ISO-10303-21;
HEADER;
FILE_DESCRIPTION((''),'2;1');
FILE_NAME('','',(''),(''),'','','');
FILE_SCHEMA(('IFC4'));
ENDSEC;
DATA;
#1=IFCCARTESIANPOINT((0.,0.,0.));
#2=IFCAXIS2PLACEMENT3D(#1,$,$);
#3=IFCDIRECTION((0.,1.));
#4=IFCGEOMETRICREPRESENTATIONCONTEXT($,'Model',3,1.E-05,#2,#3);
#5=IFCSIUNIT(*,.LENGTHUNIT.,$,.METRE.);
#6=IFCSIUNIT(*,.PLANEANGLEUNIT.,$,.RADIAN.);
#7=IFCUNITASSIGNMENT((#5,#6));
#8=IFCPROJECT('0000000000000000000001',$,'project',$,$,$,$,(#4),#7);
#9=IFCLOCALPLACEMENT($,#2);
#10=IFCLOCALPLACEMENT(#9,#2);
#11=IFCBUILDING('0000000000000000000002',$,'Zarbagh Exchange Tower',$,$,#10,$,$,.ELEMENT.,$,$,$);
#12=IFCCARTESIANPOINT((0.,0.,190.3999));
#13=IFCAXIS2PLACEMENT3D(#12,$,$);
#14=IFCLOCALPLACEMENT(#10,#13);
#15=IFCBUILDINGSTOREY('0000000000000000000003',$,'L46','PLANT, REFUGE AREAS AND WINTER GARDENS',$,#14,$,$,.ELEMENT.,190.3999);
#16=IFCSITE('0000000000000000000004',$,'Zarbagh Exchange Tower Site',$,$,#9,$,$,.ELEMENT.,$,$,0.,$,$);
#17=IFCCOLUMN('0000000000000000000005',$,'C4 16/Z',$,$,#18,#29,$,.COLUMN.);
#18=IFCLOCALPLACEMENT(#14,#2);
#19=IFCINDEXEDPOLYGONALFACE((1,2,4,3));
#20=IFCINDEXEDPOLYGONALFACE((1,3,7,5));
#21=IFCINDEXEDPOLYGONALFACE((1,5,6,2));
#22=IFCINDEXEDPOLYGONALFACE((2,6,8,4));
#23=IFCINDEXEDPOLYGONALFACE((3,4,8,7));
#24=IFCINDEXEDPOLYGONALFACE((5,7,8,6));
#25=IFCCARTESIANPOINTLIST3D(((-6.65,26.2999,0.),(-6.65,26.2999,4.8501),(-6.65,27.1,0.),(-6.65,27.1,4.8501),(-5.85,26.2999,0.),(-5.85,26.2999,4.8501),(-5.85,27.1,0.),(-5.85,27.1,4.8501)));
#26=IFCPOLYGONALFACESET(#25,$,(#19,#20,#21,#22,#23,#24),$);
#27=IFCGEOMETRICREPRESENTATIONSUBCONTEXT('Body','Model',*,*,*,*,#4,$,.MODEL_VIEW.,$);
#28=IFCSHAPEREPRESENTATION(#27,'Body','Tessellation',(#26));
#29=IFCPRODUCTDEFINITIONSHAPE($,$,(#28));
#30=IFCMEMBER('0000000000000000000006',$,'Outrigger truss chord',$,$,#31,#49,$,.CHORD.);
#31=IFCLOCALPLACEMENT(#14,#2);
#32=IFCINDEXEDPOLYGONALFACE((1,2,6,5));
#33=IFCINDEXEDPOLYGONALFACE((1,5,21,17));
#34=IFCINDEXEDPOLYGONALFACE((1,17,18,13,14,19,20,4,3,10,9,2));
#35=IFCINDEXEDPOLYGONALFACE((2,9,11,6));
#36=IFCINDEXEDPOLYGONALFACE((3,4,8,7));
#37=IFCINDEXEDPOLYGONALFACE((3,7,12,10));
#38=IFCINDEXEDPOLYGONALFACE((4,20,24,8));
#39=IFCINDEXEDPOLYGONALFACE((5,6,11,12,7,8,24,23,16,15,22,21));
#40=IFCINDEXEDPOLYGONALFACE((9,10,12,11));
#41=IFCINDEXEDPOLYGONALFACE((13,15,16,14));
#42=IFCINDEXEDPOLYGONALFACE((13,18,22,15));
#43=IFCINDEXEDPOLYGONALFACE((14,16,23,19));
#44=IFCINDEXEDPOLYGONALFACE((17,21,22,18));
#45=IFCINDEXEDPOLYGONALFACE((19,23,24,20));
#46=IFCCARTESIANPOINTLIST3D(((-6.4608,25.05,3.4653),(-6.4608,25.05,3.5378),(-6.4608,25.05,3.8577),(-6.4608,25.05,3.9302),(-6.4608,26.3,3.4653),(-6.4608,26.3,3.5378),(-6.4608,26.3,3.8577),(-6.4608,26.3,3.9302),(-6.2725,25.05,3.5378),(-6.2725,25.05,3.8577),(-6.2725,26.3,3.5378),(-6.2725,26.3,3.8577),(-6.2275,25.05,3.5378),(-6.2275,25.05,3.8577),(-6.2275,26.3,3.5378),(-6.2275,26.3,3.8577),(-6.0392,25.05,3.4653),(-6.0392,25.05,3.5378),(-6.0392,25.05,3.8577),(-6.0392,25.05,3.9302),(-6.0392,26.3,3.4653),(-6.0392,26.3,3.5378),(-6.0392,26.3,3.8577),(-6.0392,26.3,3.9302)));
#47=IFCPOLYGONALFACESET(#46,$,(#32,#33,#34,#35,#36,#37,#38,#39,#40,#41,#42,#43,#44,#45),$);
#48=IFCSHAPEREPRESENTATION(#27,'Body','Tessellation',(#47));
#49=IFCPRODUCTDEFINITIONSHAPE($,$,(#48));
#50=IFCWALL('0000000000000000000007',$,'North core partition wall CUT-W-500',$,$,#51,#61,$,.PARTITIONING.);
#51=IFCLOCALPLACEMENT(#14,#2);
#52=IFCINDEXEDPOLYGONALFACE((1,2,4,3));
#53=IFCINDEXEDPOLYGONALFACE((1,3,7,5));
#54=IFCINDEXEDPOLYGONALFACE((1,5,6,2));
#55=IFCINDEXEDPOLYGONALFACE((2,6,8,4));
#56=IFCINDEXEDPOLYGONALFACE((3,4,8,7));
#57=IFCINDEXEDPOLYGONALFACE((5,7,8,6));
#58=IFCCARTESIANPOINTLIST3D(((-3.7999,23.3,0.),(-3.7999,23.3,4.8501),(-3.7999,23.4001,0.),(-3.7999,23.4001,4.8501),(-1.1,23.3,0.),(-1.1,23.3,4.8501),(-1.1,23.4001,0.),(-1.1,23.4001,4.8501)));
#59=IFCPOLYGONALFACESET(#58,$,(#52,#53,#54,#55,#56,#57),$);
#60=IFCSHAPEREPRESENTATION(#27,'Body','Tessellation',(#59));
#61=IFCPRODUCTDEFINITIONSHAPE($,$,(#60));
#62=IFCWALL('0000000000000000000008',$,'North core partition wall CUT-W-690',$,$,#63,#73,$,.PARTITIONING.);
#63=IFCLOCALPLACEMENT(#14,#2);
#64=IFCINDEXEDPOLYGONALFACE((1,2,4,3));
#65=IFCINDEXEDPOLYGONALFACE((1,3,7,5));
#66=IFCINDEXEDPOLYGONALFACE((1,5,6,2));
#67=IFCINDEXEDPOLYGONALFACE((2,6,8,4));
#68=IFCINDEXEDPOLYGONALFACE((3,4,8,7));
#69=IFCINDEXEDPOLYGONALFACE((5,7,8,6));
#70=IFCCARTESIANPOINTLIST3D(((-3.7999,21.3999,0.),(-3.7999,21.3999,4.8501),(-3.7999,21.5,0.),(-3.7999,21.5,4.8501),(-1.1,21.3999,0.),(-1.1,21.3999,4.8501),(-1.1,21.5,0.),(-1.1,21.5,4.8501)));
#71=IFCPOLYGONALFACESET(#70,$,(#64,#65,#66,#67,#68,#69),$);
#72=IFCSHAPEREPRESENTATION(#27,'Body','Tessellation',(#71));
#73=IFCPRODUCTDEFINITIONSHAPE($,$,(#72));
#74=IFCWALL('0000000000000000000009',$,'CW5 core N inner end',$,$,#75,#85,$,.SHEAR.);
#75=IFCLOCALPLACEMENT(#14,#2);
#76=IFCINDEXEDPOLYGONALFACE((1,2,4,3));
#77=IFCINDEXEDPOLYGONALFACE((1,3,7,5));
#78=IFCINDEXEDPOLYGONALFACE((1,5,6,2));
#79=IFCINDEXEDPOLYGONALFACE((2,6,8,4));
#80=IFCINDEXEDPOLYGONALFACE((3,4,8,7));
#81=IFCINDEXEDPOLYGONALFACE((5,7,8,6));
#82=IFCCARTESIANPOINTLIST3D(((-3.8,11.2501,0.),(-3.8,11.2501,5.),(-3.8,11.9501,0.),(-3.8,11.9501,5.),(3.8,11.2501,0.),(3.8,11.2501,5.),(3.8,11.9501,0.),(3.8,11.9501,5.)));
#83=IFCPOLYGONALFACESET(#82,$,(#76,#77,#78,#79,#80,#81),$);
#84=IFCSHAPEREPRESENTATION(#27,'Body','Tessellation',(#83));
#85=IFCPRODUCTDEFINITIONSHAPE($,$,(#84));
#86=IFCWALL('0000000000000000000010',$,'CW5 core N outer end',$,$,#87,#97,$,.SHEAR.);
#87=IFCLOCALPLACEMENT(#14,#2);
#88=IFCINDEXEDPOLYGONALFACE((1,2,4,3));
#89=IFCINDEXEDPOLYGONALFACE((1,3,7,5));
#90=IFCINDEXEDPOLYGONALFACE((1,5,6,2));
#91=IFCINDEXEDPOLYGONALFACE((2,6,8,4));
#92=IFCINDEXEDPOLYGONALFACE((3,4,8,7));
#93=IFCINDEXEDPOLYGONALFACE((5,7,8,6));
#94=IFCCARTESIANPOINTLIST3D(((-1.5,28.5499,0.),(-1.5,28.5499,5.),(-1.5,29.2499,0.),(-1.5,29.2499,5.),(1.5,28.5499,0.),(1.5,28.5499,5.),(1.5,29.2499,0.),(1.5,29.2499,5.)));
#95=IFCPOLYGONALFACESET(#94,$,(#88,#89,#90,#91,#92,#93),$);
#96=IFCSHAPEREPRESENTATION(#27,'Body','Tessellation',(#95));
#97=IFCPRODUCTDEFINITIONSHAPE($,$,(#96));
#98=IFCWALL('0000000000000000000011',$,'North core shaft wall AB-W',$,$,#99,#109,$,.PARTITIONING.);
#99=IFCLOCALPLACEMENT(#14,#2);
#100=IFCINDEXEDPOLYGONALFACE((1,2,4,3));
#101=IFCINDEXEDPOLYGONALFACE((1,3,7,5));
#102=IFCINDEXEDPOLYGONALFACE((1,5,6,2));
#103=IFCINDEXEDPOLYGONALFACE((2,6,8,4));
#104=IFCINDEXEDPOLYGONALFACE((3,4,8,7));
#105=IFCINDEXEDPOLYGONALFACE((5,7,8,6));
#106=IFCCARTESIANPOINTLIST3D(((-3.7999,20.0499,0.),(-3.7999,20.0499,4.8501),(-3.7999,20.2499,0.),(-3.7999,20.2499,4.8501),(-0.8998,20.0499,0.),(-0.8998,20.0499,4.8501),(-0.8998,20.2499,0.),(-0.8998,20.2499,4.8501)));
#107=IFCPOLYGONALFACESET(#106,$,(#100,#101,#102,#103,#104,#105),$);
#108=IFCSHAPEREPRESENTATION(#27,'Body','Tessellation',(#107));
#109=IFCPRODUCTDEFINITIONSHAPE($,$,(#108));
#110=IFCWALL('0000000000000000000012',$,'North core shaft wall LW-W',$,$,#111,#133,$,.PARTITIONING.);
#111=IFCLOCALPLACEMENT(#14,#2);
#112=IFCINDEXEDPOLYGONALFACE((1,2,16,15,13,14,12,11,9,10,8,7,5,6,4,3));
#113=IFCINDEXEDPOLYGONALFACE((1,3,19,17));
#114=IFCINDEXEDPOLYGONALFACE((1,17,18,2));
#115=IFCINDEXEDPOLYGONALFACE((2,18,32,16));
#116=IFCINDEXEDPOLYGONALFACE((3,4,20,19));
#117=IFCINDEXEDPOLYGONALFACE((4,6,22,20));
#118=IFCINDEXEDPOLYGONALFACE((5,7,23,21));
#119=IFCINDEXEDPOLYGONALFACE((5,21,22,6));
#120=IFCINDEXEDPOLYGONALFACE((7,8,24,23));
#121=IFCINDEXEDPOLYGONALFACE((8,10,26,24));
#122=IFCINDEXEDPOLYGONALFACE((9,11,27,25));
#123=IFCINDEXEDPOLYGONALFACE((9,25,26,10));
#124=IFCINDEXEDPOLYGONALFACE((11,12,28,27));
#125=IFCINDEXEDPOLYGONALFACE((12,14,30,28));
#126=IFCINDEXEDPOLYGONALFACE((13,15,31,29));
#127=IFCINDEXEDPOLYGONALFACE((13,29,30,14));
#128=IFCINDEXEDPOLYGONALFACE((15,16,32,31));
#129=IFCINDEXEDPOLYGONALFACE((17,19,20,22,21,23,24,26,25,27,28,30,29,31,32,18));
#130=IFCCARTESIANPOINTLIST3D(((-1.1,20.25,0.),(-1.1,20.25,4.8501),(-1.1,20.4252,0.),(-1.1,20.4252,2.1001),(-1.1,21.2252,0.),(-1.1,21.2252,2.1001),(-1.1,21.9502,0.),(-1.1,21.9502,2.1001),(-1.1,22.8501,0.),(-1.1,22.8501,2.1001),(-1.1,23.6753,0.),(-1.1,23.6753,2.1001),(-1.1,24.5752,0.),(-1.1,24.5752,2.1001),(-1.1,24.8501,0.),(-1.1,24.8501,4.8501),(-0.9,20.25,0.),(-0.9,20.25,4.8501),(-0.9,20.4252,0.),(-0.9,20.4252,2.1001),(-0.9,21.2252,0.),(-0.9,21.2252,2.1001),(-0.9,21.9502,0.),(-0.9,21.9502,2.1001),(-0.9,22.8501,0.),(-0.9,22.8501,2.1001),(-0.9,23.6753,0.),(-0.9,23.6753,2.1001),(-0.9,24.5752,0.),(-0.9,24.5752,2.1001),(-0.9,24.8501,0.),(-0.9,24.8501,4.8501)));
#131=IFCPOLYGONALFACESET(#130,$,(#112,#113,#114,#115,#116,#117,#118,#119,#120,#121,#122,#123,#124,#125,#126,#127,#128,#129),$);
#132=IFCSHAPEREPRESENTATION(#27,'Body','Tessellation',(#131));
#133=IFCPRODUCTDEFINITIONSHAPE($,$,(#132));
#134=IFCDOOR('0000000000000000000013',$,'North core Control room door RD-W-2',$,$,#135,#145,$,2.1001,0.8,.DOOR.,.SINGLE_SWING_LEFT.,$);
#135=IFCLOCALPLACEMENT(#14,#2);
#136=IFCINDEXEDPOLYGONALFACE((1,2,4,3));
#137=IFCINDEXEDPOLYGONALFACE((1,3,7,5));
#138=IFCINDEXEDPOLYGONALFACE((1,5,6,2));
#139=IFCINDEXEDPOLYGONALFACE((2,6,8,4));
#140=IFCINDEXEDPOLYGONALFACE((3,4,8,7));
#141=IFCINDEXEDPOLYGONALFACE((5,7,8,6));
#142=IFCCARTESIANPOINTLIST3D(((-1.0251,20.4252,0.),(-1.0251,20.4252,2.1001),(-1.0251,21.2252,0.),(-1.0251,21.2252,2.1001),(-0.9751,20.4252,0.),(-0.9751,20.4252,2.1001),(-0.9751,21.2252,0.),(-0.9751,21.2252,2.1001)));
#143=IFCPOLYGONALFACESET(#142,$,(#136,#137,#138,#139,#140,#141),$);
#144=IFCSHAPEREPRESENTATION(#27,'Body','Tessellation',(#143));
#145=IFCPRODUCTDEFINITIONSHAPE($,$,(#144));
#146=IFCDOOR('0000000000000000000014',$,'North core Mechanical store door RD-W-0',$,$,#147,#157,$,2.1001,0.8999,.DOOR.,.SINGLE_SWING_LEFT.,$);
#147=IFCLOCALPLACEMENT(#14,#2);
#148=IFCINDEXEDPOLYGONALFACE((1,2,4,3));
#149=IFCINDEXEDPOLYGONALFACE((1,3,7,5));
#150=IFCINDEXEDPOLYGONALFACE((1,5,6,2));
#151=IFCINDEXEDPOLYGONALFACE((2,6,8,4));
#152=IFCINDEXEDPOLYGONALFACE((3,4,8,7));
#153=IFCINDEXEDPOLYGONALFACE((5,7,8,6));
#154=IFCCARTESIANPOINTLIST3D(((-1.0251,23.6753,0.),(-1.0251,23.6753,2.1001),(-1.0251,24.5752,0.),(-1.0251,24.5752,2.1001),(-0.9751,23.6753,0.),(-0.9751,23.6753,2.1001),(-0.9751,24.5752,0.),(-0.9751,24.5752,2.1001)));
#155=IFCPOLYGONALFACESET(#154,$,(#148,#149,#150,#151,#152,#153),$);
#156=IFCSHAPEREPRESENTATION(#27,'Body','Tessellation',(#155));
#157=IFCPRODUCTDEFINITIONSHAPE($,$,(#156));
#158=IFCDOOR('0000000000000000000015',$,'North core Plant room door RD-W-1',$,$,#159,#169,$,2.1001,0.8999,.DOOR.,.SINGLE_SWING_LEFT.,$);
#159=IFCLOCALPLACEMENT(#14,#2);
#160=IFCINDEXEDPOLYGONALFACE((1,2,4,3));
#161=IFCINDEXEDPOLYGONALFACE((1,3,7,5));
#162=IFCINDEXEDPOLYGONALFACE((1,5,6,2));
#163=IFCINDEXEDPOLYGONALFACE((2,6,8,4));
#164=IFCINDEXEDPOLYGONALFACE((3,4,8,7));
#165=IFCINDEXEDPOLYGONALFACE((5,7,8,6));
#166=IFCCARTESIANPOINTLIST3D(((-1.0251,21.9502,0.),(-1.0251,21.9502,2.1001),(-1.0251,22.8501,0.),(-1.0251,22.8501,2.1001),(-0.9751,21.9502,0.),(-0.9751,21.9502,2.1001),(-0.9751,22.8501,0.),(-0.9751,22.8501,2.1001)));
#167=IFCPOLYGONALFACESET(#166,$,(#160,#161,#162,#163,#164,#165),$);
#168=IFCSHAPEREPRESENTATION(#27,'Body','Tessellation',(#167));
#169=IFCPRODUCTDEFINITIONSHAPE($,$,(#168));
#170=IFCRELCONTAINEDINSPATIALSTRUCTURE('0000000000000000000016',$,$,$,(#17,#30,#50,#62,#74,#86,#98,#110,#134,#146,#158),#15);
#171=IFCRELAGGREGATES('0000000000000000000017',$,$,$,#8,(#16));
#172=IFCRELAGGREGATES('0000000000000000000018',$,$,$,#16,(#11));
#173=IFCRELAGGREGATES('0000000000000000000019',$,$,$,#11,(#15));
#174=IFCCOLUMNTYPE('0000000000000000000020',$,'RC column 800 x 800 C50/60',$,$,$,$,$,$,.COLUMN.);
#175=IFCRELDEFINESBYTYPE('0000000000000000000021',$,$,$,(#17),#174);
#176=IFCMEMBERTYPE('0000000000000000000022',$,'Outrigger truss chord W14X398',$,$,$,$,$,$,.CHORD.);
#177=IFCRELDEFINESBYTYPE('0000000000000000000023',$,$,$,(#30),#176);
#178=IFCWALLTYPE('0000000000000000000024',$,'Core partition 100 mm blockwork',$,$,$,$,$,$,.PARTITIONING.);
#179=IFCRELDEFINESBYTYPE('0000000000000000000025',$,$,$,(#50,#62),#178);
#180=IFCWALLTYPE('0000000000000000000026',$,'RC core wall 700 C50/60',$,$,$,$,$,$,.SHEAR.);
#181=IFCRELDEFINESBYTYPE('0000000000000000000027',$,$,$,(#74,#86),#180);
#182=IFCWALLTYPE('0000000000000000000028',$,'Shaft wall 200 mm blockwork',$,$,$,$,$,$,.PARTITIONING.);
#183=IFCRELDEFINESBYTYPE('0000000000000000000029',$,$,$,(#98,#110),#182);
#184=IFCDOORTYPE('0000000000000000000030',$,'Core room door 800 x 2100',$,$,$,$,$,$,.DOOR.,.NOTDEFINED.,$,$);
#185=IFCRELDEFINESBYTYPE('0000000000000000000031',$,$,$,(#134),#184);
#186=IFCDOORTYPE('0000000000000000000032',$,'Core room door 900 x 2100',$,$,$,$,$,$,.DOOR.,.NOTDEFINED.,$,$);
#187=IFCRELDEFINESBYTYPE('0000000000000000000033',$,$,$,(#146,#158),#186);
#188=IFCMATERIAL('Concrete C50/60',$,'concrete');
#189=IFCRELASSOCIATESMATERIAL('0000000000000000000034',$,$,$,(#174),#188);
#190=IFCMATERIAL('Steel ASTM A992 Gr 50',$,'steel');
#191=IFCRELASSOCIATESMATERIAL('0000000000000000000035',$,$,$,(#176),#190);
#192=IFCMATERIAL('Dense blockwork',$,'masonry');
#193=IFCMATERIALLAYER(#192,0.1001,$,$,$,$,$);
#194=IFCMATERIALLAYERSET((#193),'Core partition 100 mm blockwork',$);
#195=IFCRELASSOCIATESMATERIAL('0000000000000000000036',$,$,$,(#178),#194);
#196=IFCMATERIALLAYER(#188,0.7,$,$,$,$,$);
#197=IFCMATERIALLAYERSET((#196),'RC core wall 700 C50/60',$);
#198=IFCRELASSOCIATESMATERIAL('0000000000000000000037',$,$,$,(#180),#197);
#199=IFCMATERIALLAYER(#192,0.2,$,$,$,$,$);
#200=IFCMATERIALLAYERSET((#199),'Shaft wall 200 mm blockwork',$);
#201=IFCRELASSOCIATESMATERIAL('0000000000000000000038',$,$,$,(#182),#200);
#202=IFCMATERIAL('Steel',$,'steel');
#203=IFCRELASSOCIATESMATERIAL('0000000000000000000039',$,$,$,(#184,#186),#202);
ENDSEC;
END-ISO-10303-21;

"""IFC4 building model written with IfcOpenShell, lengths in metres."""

from ifc_helpers import new_model, si_unit, direction, frame, frame_2d, origin, origin_2d, place, context, subcontext, project, spatial, rectangle, i_section, extrude, material, layer, layer_set, material_profile, profile_set, type_object, element, fill, save


model = new_model("IFC4")

# Units and contexts
model_context = context("Model", 3, precision=1e-05, world=origin(), true_north=direction((0.0, 1.0)))
body_context = subcontext(model_context, "Body", "Model", "MODEL_VIEW")
ifc_project = project(units=[si_unit("LENGTHUNIT", "METRE"), si_unit("PLANEANGLEUNIT", "RADIAN")], contexts=[model_context])

# Site, building, storey
site_placement = place(None, origin())
site = spatial("IfcSite", under=ifc_project, at=site_placement, Name="Zarbagh Exchange Tower Site", CompositionType="ELEMENT", RefElevation=0.0)
building_placement = place(site_placement, origin())
building = spatial("IfcBuilding", under=site, at=building_placement, Name="Zarbagh Exchange Tower", CompositionType="ELEMENT")
storey_placement = place(building_placement, frame((0.0, 0.0, 190.3999)))
storey = spatial("IfcBuildingStorey", under=building, at=storey_placement, Name="L46", Description="PLANT, REFUGE AREAS AND WINTER GARDENS", CompositionType="ELEMENT", Elevation=190.3999)

# Column
ifc_material_1 = material(Name="Concrete C50/60", Category="concrete")
ifc_material_profile_1 = material_profile(ifc_material_1, rectangle(XDim=0.8, YDim=0.8, at=origin_2d()), Name="RC column 800 x 800 C50/60")
ifc_profile_set_1 = profile_set([ifc_material_profile_1], Name="Concrete C50/60")
column_type = type_object("IfcColumnType", Name="RC column 800 x 800 C50/60", PredefinedType="COLUMN", material=ifc_profile_set_1)
column_placement = place(storey_placement, frame((-6.25, 26.7, 0.0), z_axis=(0.0, 0.0, 1.0), x_axis=(1.0, 0.0, 0.0)))
element("IfcColumn", 1, at=column_placement, inside=storey, type_object=column_type, Name="C4 16/Z", PredefinedType="COLUMN", context=body_context, shape_type="SweptSolid", body=[
    extrude(rectangle(XDim=0.8, YDim=0.8, at=origin_2d()), origin(), (0.0, 0.0, 1.0), 4.8501),
])

# Member
ifc_material_2 = material(Name="Steel ASTM A992 Gr 50", Category="steel")
ifc_material_profile_2 = material_profile(ifc_material_2, i_section(OverallWidth=0.4216, OverallDepth=0.4648, WebThickness=0.0449, FlangeThickness=0.0725, at=origin_2d()), Name="W14X398")
ifc_profile_set_2 = profile_set([ifc_material_profile_2], Name="Steel ASTM A992 Gr 50")
member_type = type_object("IfcMemberType", Name="Outrigger truss chord W14X398", PredefinedType="CHORD", material=ifc_profile_set_2)
member_placement = place(storey_placement, frame((-6.25, 25.05, 3.6978), z_axis=(0.0, 1.0, 0.0), x_axis=(-1.0, 0.0, 0.0)))
element("IfcMember", 2, at=member_placement, inside=storey, type_object=member_type, Name="Outrigger truss chord", PredefinedType="CHORD", context=body_context, shape_type="SweptSolid", body=[
    extrude(i_section(OverallWidth=0.4216, OverallDepth=0.4648, WebThickness=0.0449, FlangeThickness=0.0725, at=origin_2d()), origin(), (0.0, 0.0, 1.0), 1.25),
])

# Walls
ifc_material_3 = material(Name="Dense blockwork", Category="masonry")
ifc_layer_1 = layer(ifc_material_3, 0.1001)
ifc_layer_set_1 = layer_set([ifc_layer_1], Name="Core partition 100 mm blockwork")
wall_type_1 = type_object("IfcWallType", Name="Core partition 100 mm blockwork", PredefinedType="PARTITIONING", material=ifc_layer_set_1)
for number, where, z_axis, x_axis, name in (
    (3, (-3.8, 23.3501, 0.0), (0.0, 0.0, 1.0), (1.0, 0.0, 0.0), "North core partition wall CUT-W-500"),
    (4, (-3.8, 21.45, 0.0), (0.0, 0.0, 1.0), (1.0, 0.0, 0.0), "North core partition wall CUT-W-690"),
):
    element("IfcWall", number, at=place(storey_placement, frame(where, z_axis=z_axis, x_axis=x_axis)), inside=storey, type_object=wall_type_1, Name=name, PredefinedType="PARTITIONING", context=body_context, shape_type="SweptSolid", body=[
        extrude(rectangle(XDim=2.7, YDim=0.1001, at=frame_2d((1.3501, 0.0))), origin(), (0.0, 0.0, 1.0), 4.8501),
    ])
ifc_layer_2 = layer(ifc_material_1, 0.7)
ifc_layer_set_2 = layer_set([ifc_layer_2], Name="RC core wall 700 C50/60")
wall_type_2 = type_object("IfcWallType", Name="RC core wall 700 C50/60", PredefinedType="SHEAR", material=ifc_layer_set_2)
wall_1_placement = place(storey_placement, frame((-3.8, 11.6001, 0.0), z_axis=(0.0, 0.0, 1.0), x_axis=(1.0, 0.0, 0.0)))
element("IfcWall", 5, at=wall_1_placement, inside=storey, type_object=wall_type_2, Name="CW5 core N inner end", PredefinedType="SHEAR", context=body_context, shape_type="SweptSolid", body=[
    extrude(rectangle(XDim=7.6001, YDim=0.7, at=frame_2d((3.8, 0.0))), origin(), (0.0, 0.0, 1.0), 5.0),
])
wall_2_placement = place(storey_placement, frame((-1.5, 28.8999, 0.0), z_axis=(0.0, 0.0, 1.0), x_axis=(1.0, 0.0, 0.0)))
element("IfcWall", 6, at=wall_2_placement, inside=storey, type_object=wall_type_2, Name="CW5 core N outer end", PredefinedType="SHEAR", context=body_context, shape_type="SweptSolid", body=[
    extrude(rectangle(XDim=3.0, YDim=0.7, at=frame_2d((1.5, 0.0))), origin(), (0.0, 0.0, 1.0), 5.0),
])
ifc_layer_3 = layer(ifc_material_3, 0.2)
ifc_layer_set_3 = layer_set([ifc_layer_3], Name="Shaft wall 200 mm blockwork")
wall_type_3 = type_object("IfcWallType", Name="Shaft wall 200 mm blockwork", PredefinedType="PARTITIONING", material=ifc_layer_set_3)
wall_3_placement = place(storey_placement, frame((-3.8, 20.1499, 0.0), z_axis=(0.0, 0.0, 1.0), x_axis=(1.0, 0.0, 0.0)))
element("IfcWall", 7, at=wall_3_placement, inside=storey, type_object=wall_type_3, Name="North core shaft wall AB-W", PredefinedType="PARTITIONING", context=body_context, shape_type="SweptSolid", body=[
    extrude(rectangle(XDim=2.9001, YDim=0.2, at=frame_2d((1.4502, 0.0))), origin(), (0.0, 0.0, 1.0), 4.8501),
])

# Wall, openings, doors
wall_4_placement = place(storey_placement, frame((-1.0, 24.8501, 0.0), z_axis=(0.0, 0.0, 1.0), x_axis=(0.0, -1.0, 0.0)))
wall_4 = element("IfcWall", 8, at=wall_4_placement, inside=storey, type_object=wall_type_3, Name="North core shaft wall LW-W", PredefinedType="PARTITIONING", context=body_context, shape_type="SweptSolid", body=[
    extrude(rectangle(XDim=4.6001, YDim=0.2, at=frame_2d((2.3, 0.0))), origin(), (0.0, 0.0, 1.0), 4.8501),
])
opening_1_placement = place(wall_4_placement, frame((0.2749, 0.0, 0.0)))
opening_1 = element("IfcOpeningElement", 9, at=opening_1_placement, cuts=wall_4, PredefinedType="OPENING", context=body_context, shape_type="SweptSolid", body=[
    extrude(rectangle(XDim=0.8999, YDim=2.1001, at=frame_2d((0.45, 1.05))), frame((0.0, 0.1099, 0.0), z_axis=(0.0, -1.0, 0.0), x_axis=(1.0, 0.0, 0.0)), (0.0, 0.0, 1.0), 0.22),
])
opening_2_placement = place(wall_4_placement, frame((2.0, 0.0, 0.0)))
opening_2 = element("IfcOpeningElement", 10, at=opening_2_placement, cuts=wall_4, PredefinedType="OPENING", context=body_context, shape_type="SweptSolid", body=[
    extrude(rectangle(XDim=0.8999, YDim=2.1001, at=frame_2d((0.45, 1.05))), frame((0.0, 0.1099, 0.0), z_axis=(0.0, -1.0, 0.0), x_axis=(1.0, 0.0, 0.0)), (0.0, 0.0, 1.0), 0.22),
])
opening_3_placement = place(wall_4_placement, frame((3.625, 0.0, 0.0)))
opening_3 = element("IfcOpeningElement", 11, at=opening_3_placement, cuts=wall_4, PredefinedType="OPENING", context=body_context, shape_type="SweptSolid", body=[
    extrude(rectangle(XDim=0.8, YDim=2.1001, at=frame_2d((0.3999, 1.05))), frame((0.0, 0.1099, 0.0), z_axis=(0.0, -1.0, 0.0), x_axis=(1.0, 0.0, 0.0)), (0.0, 0.0, 1.0), 0.22),
])
ifc_material_4 = material(Name="Steel", Category="steel")
door_type_1 = type_object("IfcDoorType", Name="Core room door 800 x 2100", OperationType="NOTDEFINED", PredefinedType="DOOR", material=ifc_material_4)
door_1_placement = place(opening_3_placement, origin())
door_1 = element("IfcDoor", 12, at=door_1_placement, inside=storey, type_object=door_type_1, Name="North core Control room door RD-W-2", OperationType="SINGLE_SWING_LEFT", OverallHeight=2.1001, OverallWidth=0.8, PredefinedType="DOOR", context=body_context, shape_type="SweptSolid", body=[
    extrude(rectangle(XDim=0.8, YDim=2.1001, at=frame_2d((0.3999, 1.05))), frame((0.0, 0.0249, 0.0), z_axis=(0.0, -1.0, 0.0), x_axis=(1.0, 0.0, 0.0)), (0.0, 0.0, 1.0), 0.05),
])
fill(opening_3, door_1)
door_type_2 = type_object("IfcDoorType", Name="Core room door 900 x 2100", OperationType="NOTDEFINED", PredefinedType="DOOR", material=ifc_material_4)
door_2_placement = place(opening_1_placement, origin())
door_2 = element("IfcDoor", 13, at=door_2_placement, inside=storey, type_object=door_type_2, Name="North core Mechanical store door RD-W-0", OperationType="SINGLE_SWING_LEFT", OverallHeight=2.1001, OverallWidth=0.8999, PredefinedType="DOOR", context=body_context, shape_type="SweptSolid", body=[
    extrude(rectangle(XDim=0.8999, YDim=2.1001, at=frame_2d((0.45, 1.05))), frame((0.0, 0.0249, 0.0), z_axis=(0.0, -1.0, 0.0), x_axis=(1.0, 0.0, 0.0)), (0.0, 0.0, 1.0), 0.05),
])
fill(opening_1, door_2)
door_3_placement = place(opening_2_placement, origin())
door_3 = element("IfcDoor", 14, at=door_3_placement, inside=storey, type_object=door_type_2, Name="North core Plant room door RD-W-1", OperationType="SINGLE_SWING_LEFT", OverallHeight=2.1001, OverallWidth=0.8999, PredefinedType="DOOR", context=body_context, shape_type="SweptSolid", body=[
    extrude(rectangle(XDim=0.8999, YDim=2.1001, at=frame_2d((0.45, 1.05))), frame((0.0, 0.0249, 0.0), z_axis=(0.0, -1.0, 0.0), x_axis=(1.0, 0.0, 0.0)), (0.0, 0.0, 1.0), 0.05),
])
fill(opening_2, door_3)

save(model, "model.ifc")
